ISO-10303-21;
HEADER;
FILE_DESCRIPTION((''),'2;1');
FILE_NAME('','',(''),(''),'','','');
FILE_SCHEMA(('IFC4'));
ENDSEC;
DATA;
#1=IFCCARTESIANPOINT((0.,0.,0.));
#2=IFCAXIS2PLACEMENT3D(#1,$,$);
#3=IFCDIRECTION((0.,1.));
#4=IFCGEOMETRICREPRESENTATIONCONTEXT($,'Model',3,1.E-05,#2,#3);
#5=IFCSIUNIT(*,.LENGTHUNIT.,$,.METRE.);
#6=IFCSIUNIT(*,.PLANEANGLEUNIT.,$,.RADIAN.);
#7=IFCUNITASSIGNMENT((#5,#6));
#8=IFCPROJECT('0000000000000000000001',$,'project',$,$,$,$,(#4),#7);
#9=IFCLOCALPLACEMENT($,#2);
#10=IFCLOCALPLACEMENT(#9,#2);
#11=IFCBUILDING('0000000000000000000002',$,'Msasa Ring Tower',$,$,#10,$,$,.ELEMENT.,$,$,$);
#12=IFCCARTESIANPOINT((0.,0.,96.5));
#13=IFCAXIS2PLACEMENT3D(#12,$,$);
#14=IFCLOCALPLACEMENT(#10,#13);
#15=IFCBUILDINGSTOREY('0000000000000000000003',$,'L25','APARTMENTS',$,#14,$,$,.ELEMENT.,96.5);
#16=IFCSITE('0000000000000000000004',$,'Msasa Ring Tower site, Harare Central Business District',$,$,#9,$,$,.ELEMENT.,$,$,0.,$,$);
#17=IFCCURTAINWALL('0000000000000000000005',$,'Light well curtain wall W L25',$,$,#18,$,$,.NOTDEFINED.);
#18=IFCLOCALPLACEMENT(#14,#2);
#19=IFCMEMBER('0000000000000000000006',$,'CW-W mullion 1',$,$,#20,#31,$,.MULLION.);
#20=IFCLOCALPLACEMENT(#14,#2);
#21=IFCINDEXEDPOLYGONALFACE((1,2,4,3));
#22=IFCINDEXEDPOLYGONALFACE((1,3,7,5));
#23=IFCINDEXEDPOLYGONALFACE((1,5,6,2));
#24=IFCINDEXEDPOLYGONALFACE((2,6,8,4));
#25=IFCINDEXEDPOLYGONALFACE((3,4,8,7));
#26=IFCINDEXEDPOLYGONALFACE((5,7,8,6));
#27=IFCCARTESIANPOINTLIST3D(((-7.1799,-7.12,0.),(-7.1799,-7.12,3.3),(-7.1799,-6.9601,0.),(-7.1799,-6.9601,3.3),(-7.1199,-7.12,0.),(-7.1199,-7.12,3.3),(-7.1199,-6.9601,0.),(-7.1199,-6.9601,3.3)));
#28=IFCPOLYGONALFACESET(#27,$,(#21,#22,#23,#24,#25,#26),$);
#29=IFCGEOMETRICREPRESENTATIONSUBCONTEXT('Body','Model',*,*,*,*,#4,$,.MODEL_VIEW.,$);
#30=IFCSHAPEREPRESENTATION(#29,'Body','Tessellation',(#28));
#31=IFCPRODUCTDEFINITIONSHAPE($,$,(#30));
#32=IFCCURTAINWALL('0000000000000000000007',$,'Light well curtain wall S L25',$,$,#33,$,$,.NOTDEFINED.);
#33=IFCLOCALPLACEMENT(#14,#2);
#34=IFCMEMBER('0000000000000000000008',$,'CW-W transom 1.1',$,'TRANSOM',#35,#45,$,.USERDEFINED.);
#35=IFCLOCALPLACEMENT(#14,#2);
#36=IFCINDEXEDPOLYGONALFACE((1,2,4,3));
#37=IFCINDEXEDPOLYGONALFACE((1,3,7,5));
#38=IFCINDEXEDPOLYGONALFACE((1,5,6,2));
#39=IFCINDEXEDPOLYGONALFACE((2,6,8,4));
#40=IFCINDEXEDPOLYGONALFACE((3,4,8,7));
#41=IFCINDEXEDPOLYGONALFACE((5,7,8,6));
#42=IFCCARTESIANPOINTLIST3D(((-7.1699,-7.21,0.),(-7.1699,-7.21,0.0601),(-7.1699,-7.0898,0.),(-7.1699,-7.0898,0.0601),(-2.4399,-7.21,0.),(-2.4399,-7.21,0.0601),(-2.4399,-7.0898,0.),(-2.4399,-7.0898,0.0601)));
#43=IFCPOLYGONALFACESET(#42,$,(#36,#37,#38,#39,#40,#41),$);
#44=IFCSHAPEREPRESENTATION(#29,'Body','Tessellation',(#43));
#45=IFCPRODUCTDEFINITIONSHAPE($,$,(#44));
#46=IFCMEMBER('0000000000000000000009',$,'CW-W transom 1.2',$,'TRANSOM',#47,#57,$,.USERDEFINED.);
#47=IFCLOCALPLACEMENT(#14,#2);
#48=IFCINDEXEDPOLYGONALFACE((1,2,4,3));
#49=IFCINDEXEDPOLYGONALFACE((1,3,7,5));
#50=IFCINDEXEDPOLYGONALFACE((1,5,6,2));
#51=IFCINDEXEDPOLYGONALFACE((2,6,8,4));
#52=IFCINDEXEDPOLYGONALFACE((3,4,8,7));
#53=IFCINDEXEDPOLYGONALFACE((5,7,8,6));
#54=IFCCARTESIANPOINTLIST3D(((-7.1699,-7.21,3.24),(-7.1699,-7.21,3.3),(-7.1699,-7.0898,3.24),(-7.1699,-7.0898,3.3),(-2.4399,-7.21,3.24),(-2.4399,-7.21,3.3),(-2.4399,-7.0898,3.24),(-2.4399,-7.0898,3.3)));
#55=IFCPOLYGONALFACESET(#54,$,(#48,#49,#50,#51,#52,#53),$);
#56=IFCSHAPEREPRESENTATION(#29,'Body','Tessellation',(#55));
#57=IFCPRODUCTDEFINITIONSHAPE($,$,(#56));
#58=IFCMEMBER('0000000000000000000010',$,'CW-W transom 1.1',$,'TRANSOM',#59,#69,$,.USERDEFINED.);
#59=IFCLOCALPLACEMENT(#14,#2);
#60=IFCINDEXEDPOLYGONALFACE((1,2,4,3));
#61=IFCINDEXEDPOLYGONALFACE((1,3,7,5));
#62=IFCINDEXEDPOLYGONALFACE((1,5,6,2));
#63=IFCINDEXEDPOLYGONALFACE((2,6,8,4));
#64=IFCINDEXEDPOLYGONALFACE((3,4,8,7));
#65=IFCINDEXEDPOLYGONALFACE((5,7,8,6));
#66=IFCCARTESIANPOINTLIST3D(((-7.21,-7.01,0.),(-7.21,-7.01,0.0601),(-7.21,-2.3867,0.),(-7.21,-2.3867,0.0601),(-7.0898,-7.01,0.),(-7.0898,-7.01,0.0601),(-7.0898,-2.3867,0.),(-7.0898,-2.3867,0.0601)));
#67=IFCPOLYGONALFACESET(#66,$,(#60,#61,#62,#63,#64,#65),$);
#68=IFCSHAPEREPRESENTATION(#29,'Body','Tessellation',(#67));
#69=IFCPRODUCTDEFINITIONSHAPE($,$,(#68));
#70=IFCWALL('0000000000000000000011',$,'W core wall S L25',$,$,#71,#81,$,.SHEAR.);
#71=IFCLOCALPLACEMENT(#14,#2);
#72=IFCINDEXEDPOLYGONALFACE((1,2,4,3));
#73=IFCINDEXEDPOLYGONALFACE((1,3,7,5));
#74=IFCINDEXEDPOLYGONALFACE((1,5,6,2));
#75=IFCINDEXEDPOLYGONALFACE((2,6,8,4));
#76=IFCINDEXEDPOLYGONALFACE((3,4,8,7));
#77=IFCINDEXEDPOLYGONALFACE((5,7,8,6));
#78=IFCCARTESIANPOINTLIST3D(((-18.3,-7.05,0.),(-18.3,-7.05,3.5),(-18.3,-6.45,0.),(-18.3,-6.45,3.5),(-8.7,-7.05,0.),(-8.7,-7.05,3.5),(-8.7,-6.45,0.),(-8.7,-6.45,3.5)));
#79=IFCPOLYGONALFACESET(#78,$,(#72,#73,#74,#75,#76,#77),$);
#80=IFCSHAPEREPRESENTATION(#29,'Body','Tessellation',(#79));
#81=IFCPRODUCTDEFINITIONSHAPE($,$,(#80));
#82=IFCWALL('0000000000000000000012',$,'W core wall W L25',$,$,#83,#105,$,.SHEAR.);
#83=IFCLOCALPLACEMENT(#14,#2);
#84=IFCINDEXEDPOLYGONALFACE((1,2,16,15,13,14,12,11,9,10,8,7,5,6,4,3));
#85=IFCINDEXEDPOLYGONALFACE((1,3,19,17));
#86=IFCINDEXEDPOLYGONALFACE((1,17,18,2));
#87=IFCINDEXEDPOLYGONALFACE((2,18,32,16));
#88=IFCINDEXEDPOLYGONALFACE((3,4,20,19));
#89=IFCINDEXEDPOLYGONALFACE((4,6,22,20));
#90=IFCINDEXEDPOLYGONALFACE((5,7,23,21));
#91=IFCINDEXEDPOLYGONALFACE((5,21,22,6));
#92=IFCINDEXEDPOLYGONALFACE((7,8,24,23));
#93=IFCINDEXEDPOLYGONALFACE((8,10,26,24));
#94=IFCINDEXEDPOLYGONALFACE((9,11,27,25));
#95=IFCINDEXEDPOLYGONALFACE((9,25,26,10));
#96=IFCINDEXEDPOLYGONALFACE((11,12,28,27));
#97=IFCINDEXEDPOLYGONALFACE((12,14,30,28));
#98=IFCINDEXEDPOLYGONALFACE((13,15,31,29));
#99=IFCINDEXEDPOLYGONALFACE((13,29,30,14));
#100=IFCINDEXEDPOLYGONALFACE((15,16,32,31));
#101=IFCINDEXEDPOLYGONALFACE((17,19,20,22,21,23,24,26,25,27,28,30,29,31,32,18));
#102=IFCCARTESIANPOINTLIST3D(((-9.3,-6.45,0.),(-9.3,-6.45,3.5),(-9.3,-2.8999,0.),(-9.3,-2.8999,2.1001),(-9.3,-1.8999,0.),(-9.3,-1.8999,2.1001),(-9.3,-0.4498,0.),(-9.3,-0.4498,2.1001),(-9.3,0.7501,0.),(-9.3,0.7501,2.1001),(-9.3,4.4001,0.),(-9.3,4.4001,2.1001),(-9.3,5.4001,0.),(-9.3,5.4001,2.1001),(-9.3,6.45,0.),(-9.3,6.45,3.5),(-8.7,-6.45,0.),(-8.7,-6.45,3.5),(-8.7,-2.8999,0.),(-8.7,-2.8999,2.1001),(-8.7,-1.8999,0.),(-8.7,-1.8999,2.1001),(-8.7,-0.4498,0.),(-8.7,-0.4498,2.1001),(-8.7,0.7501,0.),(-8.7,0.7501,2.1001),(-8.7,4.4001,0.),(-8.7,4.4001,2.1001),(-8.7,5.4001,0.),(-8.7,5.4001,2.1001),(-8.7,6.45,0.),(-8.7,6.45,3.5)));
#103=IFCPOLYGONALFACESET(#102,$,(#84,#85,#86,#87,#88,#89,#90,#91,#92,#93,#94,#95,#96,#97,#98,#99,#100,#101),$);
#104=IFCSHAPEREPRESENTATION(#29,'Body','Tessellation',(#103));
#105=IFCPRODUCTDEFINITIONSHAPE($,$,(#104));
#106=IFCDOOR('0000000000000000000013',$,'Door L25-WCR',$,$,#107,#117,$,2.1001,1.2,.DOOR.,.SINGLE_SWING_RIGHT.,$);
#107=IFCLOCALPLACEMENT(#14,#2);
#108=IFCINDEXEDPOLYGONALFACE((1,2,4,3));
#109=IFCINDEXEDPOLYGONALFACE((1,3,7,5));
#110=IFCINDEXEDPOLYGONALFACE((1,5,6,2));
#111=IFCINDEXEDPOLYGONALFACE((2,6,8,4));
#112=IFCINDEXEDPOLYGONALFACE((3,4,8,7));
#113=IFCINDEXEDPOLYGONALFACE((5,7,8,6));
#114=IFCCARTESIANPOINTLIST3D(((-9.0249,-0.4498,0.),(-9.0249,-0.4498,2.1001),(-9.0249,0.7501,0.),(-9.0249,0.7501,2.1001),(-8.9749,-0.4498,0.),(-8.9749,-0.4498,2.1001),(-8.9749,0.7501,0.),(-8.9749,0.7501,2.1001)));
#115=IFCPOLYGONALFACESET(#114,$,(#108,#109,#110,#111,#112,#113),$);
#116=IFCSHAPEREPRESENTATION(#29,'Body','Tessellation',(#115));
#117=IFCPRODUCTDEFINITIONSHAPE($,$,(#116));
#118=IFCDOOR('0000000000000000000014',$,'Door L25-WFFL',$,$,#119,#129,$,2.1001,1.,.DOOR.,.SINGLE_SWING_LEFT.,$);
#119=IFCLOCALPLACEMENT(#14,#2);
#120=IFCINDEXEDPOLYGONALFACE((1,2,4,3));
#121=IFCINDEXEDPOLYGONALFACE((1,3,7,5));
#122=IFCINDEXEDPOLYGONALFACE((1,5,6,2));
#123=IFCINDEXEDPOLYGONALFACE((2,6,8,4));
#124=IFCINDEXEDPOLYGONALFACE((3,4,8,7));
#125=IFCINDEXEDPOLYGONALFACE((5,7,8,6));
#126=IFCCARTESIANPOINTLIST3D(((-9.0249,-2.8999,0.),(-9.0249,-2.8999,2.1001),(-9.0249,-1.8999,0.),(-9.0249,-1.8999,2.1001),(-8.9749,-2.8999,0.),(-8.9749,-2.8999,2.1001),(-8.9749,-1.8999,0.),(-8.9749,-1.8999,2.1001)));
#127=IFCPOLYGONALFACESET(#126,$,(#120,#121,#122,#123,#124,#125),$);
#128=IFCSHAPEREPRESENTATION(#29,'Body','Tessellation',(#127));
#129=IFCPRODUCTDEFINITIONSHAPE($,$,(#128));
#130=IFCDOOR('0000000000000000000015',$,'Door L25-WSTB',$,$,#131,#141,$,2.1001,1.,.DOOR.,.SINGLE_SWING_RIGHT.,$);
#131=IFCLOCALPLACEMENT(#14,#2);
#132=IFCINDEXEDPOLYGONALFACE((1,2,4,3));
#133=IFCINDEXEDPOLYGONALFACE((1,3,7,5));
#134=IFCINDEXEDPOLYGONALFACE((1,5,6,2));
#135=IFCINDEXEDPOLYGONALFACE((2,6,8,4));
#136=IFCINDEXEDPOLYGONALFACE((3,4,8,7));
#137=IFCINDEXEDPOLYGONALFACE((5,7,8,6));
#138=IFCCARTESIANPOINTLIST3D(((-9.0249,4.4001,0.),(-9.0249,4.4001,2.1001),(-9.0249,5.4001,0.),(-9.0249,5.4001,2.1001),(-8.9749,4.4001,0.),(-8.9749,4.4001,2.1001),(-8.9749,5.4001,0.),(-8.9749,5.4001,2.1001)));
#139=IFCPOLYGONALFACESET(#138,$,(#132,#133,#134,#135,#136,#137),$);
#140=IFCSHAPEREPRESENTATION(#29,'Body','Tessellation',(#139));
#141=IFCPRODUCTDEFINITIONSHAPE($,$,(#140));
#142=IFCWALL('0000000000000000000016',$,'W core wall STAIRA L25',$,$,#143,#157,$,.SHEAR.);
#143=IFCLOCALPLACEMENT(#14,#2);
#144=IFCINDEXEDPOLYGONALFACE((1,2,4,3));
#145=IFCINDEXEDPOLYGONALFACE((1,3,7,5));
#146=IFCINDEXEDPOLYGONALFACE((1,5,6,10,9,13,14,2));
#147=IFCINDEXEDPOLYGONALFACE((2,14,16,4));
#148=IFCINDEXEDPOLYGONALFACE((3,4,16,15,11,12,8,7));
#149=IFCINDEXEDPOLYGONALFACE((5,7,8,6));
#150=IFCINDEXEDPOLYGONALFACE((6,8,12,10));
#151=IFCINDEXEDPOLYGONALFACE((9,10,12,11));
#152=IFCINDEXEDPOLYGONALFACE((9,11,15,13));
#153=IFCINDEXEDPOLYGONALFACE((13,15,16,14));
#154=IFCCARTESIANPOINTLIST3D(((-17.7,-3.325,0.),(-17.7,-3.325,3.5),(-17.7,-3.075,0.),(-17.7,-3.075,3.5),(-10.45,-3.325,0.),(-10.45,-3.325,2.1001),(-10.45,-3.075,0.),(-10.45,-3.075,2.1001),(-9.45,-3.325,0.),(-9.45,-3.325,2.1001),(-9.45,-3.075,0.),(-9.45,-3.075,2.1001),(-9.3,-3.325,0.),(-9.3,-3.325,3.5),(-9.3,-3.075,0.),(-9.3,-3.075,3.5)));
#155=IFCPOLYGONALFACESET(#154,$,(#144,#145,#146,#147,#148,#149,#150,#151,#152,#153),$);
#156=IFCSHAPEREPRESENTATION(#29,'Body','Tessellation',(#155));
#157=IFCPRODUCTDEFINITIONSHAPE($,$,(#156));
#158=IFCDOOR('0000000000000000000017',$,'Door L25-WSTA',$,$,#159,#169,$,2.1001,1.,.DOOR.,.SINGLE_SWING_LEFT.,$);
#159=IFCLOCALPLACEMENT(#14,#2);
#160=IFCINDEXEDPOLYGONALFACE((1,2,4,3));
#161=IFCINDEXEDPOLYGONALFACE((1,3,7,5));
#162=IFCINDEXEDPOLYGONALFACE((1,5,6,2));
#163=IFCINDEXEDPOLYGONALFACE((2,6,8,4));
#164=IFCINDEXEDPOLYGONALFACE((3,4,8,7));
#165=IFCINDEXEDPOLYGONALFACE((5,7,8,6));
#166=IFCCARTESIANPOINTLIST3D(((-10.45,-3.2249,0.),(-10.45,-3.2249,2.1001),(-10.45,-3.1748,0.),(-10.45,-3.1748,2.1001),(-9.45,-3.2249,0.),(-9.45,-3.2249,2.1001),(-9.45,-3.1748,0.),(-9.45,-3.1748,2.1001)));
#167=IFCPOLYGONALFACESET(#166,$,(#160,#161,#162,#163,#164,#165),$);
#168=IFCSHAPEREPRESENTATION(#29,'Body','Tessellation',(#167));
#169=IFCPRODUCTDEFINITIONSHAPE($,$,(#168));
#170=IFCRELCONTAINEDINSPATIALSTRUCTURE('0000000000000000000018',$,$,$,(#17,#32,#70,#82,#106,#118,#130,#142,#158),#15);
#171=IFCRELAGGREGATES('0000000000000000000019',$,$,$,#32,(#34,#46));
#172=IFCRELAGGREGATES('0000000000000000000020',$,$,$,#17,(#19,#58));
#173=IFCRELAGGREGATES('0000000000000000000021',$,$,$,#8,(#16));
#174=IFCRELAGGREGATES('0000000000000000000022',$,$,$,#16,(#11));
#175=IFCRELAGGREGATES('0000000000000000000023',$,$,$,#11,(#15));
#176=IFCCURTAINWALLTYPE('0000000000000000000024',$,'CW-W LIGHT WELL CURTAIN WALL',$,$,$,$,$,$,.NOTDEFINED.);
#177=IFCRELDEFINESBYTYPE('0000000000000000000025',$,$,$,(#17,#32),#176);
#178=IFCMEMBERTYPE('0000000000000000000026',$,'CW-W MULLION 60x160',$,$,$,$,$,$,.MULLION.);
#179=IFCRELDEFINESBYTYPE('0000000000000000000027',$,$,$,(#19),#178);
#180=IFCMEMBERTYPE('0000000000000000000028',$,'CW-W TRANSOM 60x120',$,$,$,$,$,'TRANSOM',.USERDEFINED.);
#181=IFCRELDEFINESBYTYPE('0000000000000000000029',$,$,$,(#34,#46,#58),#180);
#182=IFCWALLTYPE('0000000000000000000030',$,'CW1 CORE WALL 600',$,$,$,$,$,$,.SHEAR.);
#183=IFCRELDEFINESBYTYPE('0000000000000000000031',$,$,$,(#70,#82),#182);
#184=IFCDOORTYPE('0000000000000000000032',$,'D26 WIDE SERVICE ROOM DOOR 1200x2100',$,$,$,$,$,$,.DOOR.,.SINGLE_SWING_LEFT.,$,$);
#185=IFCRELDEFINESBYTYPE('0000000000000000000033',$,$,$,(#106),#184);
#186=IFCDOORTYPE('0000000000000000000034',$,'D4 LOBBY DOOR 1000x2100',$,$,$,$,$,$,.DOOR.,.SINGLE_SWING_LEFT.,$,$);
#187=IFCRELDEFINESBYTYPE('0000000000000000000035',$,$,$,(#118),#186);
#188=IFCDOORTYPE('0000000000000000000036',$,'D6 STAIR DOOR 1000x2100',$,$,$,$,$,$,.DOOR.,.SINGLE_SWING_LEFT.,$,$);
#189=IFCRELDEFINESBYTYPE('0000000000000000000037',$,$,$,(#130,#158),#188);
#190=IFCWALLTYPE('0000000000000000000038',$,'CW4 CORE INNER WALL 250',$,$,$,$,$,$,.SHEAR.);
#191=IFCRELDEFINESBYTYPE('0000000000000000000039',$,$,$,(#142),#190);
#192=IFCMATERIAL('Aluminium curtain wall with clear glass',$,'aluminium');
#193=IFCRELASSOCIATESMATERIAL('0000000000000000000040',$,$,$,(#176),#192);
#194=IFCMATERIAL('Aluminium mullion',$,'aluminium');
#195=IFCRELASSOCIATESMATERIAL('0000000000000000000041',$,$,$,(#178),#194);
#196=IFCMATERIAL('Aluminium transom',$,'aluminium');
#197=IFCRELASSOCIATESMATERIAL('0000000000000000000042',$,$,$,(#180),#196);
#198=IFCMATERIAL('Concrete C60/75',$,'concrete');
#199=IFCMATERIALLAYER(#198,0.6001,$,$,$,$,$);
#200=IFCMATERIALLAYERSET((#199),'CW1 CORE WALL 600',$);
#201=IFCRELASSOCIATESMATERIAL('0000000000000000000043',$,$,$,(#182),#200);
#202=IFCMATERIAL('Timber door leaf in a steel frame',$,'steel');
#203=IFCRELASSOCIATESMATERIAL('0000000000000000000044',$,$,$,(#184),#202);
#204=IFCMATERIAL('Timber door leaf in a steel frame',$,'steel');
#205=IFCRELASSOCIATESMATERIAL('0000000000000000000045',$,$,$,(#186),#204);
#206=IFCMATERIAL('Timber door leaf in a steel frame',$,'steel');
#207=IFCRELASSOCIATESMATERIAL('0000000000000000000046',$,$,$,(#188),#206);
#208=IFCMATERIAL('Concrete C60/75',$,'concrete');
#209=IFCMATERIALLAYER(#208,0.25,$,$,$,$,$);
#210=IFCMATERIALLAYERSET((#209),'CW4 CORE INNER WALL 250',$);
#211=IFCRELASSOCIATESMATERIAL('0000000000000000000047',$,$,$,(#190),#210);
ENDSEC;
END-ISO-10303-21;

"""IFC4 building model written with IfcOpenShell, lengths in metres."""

from ifc_helpers import new_model, si_unit, direction, frame, frame_2d, origin, origin_2d, place, context, subcontext, project, spatial, rectangle, extrude, material, layer, layer_set, material_profile, profile_set, type_object, element, fill, aggregate, save


model = new_model("IFC4")

# Units and contexts
model_context = context("Model", 3, precision=1e-05, world=origin(), true_north=direction((0.0, 1.0)))
body_context = subcontext(model_context, "Body", "Model", "MODEL_VIEW")
ifc_project = project(units=[si_unit("LENGTHUNIT", "METRE"), si_unit("PLANEANGLEUNIT", "RADIAN")], contexts=[model_context])

# Site, building, storey
site_placement = place(None, origin())
site = spatial("IfcSite", under=ifc_project, at=site_placement, Name="Msasa Ring Tower site, Harare Central Business District", CompositionType="ELEMENT", RefElevation=0.0)
building_placement = place(site_placement, origin())
building = spatial("IfcBuilding", under=site, at=building_placement, Name="Msasa Ring Tower", CompositionType="ELEMENT")
storey_placement = place(building_placement, frame((0.0, 0.0, 96.5)))
storey = spatial("IfcBuildingStorey", under=building, at=storey_placement, Name="L25", Description="APARTMENTS", CompositionType="ELEMENT", Elevation=96.5)

# Curtain wall, member
ifc_material_1 = material(Name="Aluminium curtain wall with clear glass", Category="aluminium")
curtain_wall_type = type_object("IfcCurtainWallType", Name="CW-W LIGHT WELL CURTAIN WALL", PredefinedType="NOTDEFINED", material=ifc_material_1)
curtain_wall_1_placement = place(storey_placement, origin())
curtain_wall_1 = element("IfcCurtainWall", 1, at=curtain_wall_1_placement, inside=storey, type_object=curtain_wall_type, Name="Light well curtain wall W L25", PredefinedType="NOTDEFINED")
ifc_material_2 = material(Name="Aluminium mullion", Category="aluminium")
ifc_material_profile_1 = material_profile(ifc_material_2, rectangle(XDim=0.0601, YDim=0.1599, at=origin_2d()), Name="AL 60x160")
ifc_profile_set_1 = profile_set([ifc_material_profile_1], Name="Aluminium mullion")
member_type_1 = type_object("IfcMemberType", Name="CW-W MULLION 60x160", PredefinedType="MULLION", material=ifc_profile_set_1)
member_1_placement = place(storey_placement, frame((-7.1499, -7.04, 0.0), z_axis=(0.0, 0.0, 1.0), x_axis=(-1.0, 0.0, 0.0)))
member_1 = element("IfcMember", 2, at=member_1_placement, type_object=member_type_1, Name="CW-W mullion 1", PredefinedType="MULLION", context=body_context, shape_type="SweptSolid", body=[
    extrude(rectangle(XDim=0.0601, YDim=0.1599, at=origin_2d()), origin(), (0.0, 0.0, 1.0), 3.3),
])

# Curtain wall, members
curtain_wall_2_placement = place(storey_placement, origin())
curtain_wall_2 = element("IfcCurtainWall", 3, at=curtain_wall_2_placement, inside=storey, type_object=curtain_wall_type, Name="Light well curtain wall S L25", PredefinedType="NOTDEFINED")
ifc_material_3 = material(Name="Aluminium transom", Category="aluminium")
ifc_material_profile_2 = material_profile(ifc_material_3, rectangle(XDim=0.1201, YDim=0.0601, at=origin_2d()), Name="AL 60x120")
ifc_profile_set_2 = profile_set([ifc_material_profile_2], Name="Aluminium transom")
member_type_2 = type_object("IfcMemberType", Name="CW-W TRANSOM 60x120", ElementType="TRANSOM", PredefinedType="USERDEFINED", material=ifc_profile_set_2)
member_2_placement = place(storey_placement, frame((-7.1699, -7.1499, 0.03), z_axis=(1.0, 0.0, 0.0), x_axis=(0.0, 1.0, 0.0)))
member_2 = element("IfcMember", 4, at=member_2_placement, type_object=member_type_2, Name="CW-W transom 1.1", ObjectType="TRANSOM", PredefinedType="USERDEFINED", context=body_context, shape_type="SweptSolid", body=[
    extrude(rectangle(XDim=0.1201, YDim=0.0601, at=origin_2d()), origin(), (0.0, 0.0, 1.0), 4.73),
])
member_3_placement = place(storey_placement, frame((-7.1699, -7.1499, 3.27), z_axis=(1.0, 0.0, 0.0), x_axis=(0.0, 1.0, 0.0)))
member_3 = element("IfcMember", 5, at=member_3_placement, type_object=member_type_2, Name="CW-W transom 1.2", ObjectType="TRANSOM", PredefinedType="USERDEFINED", context=body_context, shape_type="SweptSolid", body=[
    extrude(rectangle(XDim=0.1201, YDim=0.0601, at=origin_2d()), origin(), (0.0, 0.0, 1.0), 4.73),
])
aggregate(curtain_wall_2, [member_2, member_3])

# Member
member_4_placement = place(storey_placement, frame((-7.1499, -7.01, 0.03), z_axis=(0.0, 1.0, 0.0), x_axis=(-1.0, 0.0, 0.0)))
member_4 = element("IfcMember", 6, at=member_4_placement, type_object=member_type_2, Name="CW-W transom 1.1", ObjectType="TRANSOM", PredefinedType="USERDEFINED", context=body_context, shape_type="SweptSolid", body=[
    extrude(rectangle(XDim=0.1201, YDim=0.0601, at=origin_2d()), origin(), (0.0, 0.0, 1.0), 4.6233),
])
aggregate(curtain_wall_1, [member_1, member_4])

# Wall
ifc_material_4 = material(Name="Concrete C60/75", Category="concrete")
ifc_layer_1 = layer(ifc_material_4, 0.6001)
ifc_layer_set_1 = layer_set([ifc_layer_1], Name="CW1 CORE WALL 600")
wall_type_1 = type_object("IfcWallType", Name="CW1 CORE WALL 600", PredefinedType="SHEAR", material=ifc_layer_set_1)
wall_1_placement = place(storey_placement, frame((-8.7, -6.75, 0.0), z_axis=(0.0, 0.0, 1.0), x_axis=(-1.0, 0.0, 0.0)))
element("IfcWall", 7, at=wall_1_placement, inside=storey, type_object=wall_type_1, Name="W core wall S L25", PredefinedType="SHEAR", context=body_context, shape_type="SweptSolid", body=[
    extrude(rectangle(XDim=9.6001, YDim=0.6001, at=frame_2d((4.8, 0.0))), origin(), (0.0, 0.0, 1.0), 3.5),
])

# Wall, openings, doors
wall_2_placement = place(storey_placement, frame((-9.0, -6.45, 0.0), z_axis=(0.0, 0.0, 1.0), x_axis=(0.0, 1.0, 0.0)))
wall_2 = element("IfcWall", 8, at=wall_2_placement, inside=storey, type_object=wall_type_1, Name="W core wall W L25", PredefinedType="SHEAR", context=body_context, shape_type="SweptSolid", body=[
    extrude(rectangle(XDim=12.8999, YDim=0.6001, at=frame_2d((6.45, 0.0))), origin(), (0.0, 0.0, 1.0), 3.5),
])
opening_1_placement = place(wall_2_placement, frame((3.55, 0.0, 0.0)))
opening_1 = element("IfcOpeningElement", 9, at=opening_1_placement, cuts=wall_2, PredefinedType="OPENING", context=body_context, shape_type="SweptSolid", body=[
    extrude(rectangle(XDim=1.0, YDim=2.1001, at=frame_2d((0.5, 1.05))), frame((0.0, 0.3101, 0.0), z_axis=(0.0, -1.0, 0.0), x_axis=(1.0, 0.0, 0.0)), (0.0, 0.0, 1.0), 0.6201),
])
opening_2_placement = place(wall_2_placement, frame((6.0, 0.0, 0.0)))
opening_2 = element("IfcOpeningElement", 10, at=opening_2_placement, cuts=wall_2, PredefinedType="OPENING", context=body_context, shape_type="SweptSolid", body=[
    extrude(rectangle(XDim=1.2, YDim=2.1001, at=frame_2d((0.6001, 1.05))), frame((0.0, 0.3101, 0.0), z_axis=(0.0, -1.0, 0.0), x_axis=(1.0, 0.0, 0.0)), (0.0, 0.0, 1.0), 0.6201),
])
opening_3_placement = place(wall_2_placement, frame((10.8501, 0.0, 0.0)))
opening_3 = element("IfcOpeningElement", 11, at=opening_3_placement, cuts=wall_2, PredefinedType="OPENING", context=body_context, shape_type="SweptSolid", body=[
    extrude(rectangle(XDim=1.0, YDim=2.1001, at=frame_2d((0.5, 1.05))), frame((0.0, 0.3101, 0.0), z_axis=(0.0, -1.0, 0.0), x_axis=(1.0, 0.0, 0.0)), (0.0, 0.0, 1.0), 0.6201),
])
ifc_material_5 = material(Name="Timber door leaf in a steel frame", Category="steel")
door_type_1 = type_object("IfcDoorType", Name="D26 WIDE SERVICE ROOM DOOR 1200x2100", OperationType="SINGLE_SWING_LEFT", PredefinedType="DOOR", material=ifc_material_5)
door_1_placement = place(opening_2_placement, origin())
door_1 = element("IfcDoor", 12, at=door_1_placement, inside=storey, type_object=door_type_1, Name="Door L25-WCR", OperationType="SINGLE_SWING_RIGHT", OverallHeight=2.1001, OverallWidth=1.2, PredefinedType="DOOR", context=body_context, shape_type="SweptSolid", body=[
    extrude(rectangle(XDim=1.2, YDim=2.1001, at=frame_2d((0.6001, 1.05))), frame((0.0, 0.0249, 0.0), z_axis=(0.0, -1.0, 0.0), x_axis=(1.0, 0.0, 0.0)), (0.0, 0.0, 1.0), 0.05),
])
fill(opening_2, door_1)
ifc_material_6 = material(Name="Timber door leaf in a steel frame", Category="steel")
door_type_2 = type_object("IfcDoorType", Name="D4 LOBBY DOOR 1000x2100", OperationType="SINGLE_SWING_LEFT", PredefinedType="DOOR", material=ifc_material_6)
door_2_placement = place(opening_1_placement, origin())
door_2 = element("IfcDoor", 13, at=door_2_placement, inside=storey, type_object=door_type_2, Name="Door L25-WFFL", OperationType="SINGLE_SWING_LEFT", OverallHeight=2.1001, OverallWidth=1.0, PredefinedType="DOOR", context=body_context, shape_type="SweptSolid", body=[
    extrude(rectangle(XDim=1.0, YDim=2.1001, at=frame_2d((0.5, 1.05))), frame((0.0, 0.0249, 0.0), z_axis=(0.0, -1.0, 0.0), x_axis=(1.0, 0.0, 0.0)), (0.0, 0.0, 1.0), 0.05),
])
fill(opening_1, door_2)
ifc_material_7 = material(Name="Timber door leaf in a steel frame", Category="steel")
door_type_3 = type_object("IfcDoorType", Name="D6 STAIR DOOR 1000x2100", OperationType="SINGLE_SWING_LEFT", PredefinedType="DOOR", material=ifc_material_7)
door_3_placement = place(opening_3_placement, origin())
door_3 = element("IfcDoor", 14, at=door_3_placement, inside=storey, type_object=door_type_3, Name="Door L25-WSTB", OperationType="SINGLE_SWING_RIGHT", OverallHeight=2.1001, OverallWidth=1.0, PredefinedType="DOOR", context=body_context, shape_type="SweptSolid", body=[
    extrude(rectangle(XDim=1.0, YDim=2.1001, at=frame_2d((0.5, 1.05))), frame((0.0, 0.0249, 0.0), z_axis=(0.0, -1.0, 0.0), x_axis=(1.0, 0.0, 0.0)), (0.0, 0.0, 1.0), 0.05),
])
fill(opening_3, door_3)

# Wall, opening, door
ifc_material_8 = material(Name="Concrete C60/75", Category="concrete")
ifc_layer_2 = layer(ifc_material_8, 0.25)
ifc_layer_set_2 = layer_set([ifc_layer_2], Name="CW4 CORE INNER WALL 250")
wall_type_2 = type_object("IfcWallType", Name="CW4 CORE INNER WALL 250", PredefinedType="SHEAR", material=ifc_layer_set_2)
wall_3_placement = place(storey_placement, frame((-9.3, -3.2, 0.0), z_axis=(0.0, 0.0, 1.0), x_axis=(-1.0, 0.0, 0.0)))
wall_3 = element("IfcWall", 15, at=wall_3_placement, inside=storey, type_object=wall_type_2, Name="W core wall STAIRA L25", PredefinedType="SHEAR", context=body_context, shape_type="SweptSolid", body=[
    extrude(rectangle(XDim=8.3999, YDim=0.25, at=frame_2d((4.2, 0.0))), origin(), (0.0, 0.0, 1.0), 3.5),
])
opening_4_placement = place(wall_3_placement, frame((0.1499, 0.0, 0.0)))
opening_4 = element("IfcOpeningElement", 16, at=opening_4_placement, cuts=wall_3, PredefinedType="OPENING", context=body_context, shape_type="SweptSolid", body=[
    extrude(rectangle(XDim=1.0, YDim=2.1001, at=frame_2d((0.5, 1.05))), frame((0.0, 0.135, 0.0), z_axis=(0.0, -1.0, 0.0), x_axis=(1.0, 0.0, 0.0)), (0.0, 0.0, 1.0), 0.27),
])
door_4_placement = place(opening_4_placement, origin())
door_4 = element("IfcDoor", 17, at=door_4_placement, inside=storey, type_object=door_type_3, Name="Door L25-WSTA", OperationType="SINGLE_SWING_LEFT", OverallHeight=2.1001, OverallWidth=1.0, PredefinedType="DOOR", context=body_context, shape_type="SweptSolid", body=[
    extrude(rectangle(XDim=1.0, YDim=2.1001, at=frame_2d((0.5, 1.05))), frame((0.0, 0.0249, 0.0), z_axis=(0.0, -1.0, 0.0), x_axis=(1.0, 0.0, 0.0)), (0.0, 0.0, 1.0), 0.05),
])
fill(opening_4, door_4)

save(model, "model.ifc")
